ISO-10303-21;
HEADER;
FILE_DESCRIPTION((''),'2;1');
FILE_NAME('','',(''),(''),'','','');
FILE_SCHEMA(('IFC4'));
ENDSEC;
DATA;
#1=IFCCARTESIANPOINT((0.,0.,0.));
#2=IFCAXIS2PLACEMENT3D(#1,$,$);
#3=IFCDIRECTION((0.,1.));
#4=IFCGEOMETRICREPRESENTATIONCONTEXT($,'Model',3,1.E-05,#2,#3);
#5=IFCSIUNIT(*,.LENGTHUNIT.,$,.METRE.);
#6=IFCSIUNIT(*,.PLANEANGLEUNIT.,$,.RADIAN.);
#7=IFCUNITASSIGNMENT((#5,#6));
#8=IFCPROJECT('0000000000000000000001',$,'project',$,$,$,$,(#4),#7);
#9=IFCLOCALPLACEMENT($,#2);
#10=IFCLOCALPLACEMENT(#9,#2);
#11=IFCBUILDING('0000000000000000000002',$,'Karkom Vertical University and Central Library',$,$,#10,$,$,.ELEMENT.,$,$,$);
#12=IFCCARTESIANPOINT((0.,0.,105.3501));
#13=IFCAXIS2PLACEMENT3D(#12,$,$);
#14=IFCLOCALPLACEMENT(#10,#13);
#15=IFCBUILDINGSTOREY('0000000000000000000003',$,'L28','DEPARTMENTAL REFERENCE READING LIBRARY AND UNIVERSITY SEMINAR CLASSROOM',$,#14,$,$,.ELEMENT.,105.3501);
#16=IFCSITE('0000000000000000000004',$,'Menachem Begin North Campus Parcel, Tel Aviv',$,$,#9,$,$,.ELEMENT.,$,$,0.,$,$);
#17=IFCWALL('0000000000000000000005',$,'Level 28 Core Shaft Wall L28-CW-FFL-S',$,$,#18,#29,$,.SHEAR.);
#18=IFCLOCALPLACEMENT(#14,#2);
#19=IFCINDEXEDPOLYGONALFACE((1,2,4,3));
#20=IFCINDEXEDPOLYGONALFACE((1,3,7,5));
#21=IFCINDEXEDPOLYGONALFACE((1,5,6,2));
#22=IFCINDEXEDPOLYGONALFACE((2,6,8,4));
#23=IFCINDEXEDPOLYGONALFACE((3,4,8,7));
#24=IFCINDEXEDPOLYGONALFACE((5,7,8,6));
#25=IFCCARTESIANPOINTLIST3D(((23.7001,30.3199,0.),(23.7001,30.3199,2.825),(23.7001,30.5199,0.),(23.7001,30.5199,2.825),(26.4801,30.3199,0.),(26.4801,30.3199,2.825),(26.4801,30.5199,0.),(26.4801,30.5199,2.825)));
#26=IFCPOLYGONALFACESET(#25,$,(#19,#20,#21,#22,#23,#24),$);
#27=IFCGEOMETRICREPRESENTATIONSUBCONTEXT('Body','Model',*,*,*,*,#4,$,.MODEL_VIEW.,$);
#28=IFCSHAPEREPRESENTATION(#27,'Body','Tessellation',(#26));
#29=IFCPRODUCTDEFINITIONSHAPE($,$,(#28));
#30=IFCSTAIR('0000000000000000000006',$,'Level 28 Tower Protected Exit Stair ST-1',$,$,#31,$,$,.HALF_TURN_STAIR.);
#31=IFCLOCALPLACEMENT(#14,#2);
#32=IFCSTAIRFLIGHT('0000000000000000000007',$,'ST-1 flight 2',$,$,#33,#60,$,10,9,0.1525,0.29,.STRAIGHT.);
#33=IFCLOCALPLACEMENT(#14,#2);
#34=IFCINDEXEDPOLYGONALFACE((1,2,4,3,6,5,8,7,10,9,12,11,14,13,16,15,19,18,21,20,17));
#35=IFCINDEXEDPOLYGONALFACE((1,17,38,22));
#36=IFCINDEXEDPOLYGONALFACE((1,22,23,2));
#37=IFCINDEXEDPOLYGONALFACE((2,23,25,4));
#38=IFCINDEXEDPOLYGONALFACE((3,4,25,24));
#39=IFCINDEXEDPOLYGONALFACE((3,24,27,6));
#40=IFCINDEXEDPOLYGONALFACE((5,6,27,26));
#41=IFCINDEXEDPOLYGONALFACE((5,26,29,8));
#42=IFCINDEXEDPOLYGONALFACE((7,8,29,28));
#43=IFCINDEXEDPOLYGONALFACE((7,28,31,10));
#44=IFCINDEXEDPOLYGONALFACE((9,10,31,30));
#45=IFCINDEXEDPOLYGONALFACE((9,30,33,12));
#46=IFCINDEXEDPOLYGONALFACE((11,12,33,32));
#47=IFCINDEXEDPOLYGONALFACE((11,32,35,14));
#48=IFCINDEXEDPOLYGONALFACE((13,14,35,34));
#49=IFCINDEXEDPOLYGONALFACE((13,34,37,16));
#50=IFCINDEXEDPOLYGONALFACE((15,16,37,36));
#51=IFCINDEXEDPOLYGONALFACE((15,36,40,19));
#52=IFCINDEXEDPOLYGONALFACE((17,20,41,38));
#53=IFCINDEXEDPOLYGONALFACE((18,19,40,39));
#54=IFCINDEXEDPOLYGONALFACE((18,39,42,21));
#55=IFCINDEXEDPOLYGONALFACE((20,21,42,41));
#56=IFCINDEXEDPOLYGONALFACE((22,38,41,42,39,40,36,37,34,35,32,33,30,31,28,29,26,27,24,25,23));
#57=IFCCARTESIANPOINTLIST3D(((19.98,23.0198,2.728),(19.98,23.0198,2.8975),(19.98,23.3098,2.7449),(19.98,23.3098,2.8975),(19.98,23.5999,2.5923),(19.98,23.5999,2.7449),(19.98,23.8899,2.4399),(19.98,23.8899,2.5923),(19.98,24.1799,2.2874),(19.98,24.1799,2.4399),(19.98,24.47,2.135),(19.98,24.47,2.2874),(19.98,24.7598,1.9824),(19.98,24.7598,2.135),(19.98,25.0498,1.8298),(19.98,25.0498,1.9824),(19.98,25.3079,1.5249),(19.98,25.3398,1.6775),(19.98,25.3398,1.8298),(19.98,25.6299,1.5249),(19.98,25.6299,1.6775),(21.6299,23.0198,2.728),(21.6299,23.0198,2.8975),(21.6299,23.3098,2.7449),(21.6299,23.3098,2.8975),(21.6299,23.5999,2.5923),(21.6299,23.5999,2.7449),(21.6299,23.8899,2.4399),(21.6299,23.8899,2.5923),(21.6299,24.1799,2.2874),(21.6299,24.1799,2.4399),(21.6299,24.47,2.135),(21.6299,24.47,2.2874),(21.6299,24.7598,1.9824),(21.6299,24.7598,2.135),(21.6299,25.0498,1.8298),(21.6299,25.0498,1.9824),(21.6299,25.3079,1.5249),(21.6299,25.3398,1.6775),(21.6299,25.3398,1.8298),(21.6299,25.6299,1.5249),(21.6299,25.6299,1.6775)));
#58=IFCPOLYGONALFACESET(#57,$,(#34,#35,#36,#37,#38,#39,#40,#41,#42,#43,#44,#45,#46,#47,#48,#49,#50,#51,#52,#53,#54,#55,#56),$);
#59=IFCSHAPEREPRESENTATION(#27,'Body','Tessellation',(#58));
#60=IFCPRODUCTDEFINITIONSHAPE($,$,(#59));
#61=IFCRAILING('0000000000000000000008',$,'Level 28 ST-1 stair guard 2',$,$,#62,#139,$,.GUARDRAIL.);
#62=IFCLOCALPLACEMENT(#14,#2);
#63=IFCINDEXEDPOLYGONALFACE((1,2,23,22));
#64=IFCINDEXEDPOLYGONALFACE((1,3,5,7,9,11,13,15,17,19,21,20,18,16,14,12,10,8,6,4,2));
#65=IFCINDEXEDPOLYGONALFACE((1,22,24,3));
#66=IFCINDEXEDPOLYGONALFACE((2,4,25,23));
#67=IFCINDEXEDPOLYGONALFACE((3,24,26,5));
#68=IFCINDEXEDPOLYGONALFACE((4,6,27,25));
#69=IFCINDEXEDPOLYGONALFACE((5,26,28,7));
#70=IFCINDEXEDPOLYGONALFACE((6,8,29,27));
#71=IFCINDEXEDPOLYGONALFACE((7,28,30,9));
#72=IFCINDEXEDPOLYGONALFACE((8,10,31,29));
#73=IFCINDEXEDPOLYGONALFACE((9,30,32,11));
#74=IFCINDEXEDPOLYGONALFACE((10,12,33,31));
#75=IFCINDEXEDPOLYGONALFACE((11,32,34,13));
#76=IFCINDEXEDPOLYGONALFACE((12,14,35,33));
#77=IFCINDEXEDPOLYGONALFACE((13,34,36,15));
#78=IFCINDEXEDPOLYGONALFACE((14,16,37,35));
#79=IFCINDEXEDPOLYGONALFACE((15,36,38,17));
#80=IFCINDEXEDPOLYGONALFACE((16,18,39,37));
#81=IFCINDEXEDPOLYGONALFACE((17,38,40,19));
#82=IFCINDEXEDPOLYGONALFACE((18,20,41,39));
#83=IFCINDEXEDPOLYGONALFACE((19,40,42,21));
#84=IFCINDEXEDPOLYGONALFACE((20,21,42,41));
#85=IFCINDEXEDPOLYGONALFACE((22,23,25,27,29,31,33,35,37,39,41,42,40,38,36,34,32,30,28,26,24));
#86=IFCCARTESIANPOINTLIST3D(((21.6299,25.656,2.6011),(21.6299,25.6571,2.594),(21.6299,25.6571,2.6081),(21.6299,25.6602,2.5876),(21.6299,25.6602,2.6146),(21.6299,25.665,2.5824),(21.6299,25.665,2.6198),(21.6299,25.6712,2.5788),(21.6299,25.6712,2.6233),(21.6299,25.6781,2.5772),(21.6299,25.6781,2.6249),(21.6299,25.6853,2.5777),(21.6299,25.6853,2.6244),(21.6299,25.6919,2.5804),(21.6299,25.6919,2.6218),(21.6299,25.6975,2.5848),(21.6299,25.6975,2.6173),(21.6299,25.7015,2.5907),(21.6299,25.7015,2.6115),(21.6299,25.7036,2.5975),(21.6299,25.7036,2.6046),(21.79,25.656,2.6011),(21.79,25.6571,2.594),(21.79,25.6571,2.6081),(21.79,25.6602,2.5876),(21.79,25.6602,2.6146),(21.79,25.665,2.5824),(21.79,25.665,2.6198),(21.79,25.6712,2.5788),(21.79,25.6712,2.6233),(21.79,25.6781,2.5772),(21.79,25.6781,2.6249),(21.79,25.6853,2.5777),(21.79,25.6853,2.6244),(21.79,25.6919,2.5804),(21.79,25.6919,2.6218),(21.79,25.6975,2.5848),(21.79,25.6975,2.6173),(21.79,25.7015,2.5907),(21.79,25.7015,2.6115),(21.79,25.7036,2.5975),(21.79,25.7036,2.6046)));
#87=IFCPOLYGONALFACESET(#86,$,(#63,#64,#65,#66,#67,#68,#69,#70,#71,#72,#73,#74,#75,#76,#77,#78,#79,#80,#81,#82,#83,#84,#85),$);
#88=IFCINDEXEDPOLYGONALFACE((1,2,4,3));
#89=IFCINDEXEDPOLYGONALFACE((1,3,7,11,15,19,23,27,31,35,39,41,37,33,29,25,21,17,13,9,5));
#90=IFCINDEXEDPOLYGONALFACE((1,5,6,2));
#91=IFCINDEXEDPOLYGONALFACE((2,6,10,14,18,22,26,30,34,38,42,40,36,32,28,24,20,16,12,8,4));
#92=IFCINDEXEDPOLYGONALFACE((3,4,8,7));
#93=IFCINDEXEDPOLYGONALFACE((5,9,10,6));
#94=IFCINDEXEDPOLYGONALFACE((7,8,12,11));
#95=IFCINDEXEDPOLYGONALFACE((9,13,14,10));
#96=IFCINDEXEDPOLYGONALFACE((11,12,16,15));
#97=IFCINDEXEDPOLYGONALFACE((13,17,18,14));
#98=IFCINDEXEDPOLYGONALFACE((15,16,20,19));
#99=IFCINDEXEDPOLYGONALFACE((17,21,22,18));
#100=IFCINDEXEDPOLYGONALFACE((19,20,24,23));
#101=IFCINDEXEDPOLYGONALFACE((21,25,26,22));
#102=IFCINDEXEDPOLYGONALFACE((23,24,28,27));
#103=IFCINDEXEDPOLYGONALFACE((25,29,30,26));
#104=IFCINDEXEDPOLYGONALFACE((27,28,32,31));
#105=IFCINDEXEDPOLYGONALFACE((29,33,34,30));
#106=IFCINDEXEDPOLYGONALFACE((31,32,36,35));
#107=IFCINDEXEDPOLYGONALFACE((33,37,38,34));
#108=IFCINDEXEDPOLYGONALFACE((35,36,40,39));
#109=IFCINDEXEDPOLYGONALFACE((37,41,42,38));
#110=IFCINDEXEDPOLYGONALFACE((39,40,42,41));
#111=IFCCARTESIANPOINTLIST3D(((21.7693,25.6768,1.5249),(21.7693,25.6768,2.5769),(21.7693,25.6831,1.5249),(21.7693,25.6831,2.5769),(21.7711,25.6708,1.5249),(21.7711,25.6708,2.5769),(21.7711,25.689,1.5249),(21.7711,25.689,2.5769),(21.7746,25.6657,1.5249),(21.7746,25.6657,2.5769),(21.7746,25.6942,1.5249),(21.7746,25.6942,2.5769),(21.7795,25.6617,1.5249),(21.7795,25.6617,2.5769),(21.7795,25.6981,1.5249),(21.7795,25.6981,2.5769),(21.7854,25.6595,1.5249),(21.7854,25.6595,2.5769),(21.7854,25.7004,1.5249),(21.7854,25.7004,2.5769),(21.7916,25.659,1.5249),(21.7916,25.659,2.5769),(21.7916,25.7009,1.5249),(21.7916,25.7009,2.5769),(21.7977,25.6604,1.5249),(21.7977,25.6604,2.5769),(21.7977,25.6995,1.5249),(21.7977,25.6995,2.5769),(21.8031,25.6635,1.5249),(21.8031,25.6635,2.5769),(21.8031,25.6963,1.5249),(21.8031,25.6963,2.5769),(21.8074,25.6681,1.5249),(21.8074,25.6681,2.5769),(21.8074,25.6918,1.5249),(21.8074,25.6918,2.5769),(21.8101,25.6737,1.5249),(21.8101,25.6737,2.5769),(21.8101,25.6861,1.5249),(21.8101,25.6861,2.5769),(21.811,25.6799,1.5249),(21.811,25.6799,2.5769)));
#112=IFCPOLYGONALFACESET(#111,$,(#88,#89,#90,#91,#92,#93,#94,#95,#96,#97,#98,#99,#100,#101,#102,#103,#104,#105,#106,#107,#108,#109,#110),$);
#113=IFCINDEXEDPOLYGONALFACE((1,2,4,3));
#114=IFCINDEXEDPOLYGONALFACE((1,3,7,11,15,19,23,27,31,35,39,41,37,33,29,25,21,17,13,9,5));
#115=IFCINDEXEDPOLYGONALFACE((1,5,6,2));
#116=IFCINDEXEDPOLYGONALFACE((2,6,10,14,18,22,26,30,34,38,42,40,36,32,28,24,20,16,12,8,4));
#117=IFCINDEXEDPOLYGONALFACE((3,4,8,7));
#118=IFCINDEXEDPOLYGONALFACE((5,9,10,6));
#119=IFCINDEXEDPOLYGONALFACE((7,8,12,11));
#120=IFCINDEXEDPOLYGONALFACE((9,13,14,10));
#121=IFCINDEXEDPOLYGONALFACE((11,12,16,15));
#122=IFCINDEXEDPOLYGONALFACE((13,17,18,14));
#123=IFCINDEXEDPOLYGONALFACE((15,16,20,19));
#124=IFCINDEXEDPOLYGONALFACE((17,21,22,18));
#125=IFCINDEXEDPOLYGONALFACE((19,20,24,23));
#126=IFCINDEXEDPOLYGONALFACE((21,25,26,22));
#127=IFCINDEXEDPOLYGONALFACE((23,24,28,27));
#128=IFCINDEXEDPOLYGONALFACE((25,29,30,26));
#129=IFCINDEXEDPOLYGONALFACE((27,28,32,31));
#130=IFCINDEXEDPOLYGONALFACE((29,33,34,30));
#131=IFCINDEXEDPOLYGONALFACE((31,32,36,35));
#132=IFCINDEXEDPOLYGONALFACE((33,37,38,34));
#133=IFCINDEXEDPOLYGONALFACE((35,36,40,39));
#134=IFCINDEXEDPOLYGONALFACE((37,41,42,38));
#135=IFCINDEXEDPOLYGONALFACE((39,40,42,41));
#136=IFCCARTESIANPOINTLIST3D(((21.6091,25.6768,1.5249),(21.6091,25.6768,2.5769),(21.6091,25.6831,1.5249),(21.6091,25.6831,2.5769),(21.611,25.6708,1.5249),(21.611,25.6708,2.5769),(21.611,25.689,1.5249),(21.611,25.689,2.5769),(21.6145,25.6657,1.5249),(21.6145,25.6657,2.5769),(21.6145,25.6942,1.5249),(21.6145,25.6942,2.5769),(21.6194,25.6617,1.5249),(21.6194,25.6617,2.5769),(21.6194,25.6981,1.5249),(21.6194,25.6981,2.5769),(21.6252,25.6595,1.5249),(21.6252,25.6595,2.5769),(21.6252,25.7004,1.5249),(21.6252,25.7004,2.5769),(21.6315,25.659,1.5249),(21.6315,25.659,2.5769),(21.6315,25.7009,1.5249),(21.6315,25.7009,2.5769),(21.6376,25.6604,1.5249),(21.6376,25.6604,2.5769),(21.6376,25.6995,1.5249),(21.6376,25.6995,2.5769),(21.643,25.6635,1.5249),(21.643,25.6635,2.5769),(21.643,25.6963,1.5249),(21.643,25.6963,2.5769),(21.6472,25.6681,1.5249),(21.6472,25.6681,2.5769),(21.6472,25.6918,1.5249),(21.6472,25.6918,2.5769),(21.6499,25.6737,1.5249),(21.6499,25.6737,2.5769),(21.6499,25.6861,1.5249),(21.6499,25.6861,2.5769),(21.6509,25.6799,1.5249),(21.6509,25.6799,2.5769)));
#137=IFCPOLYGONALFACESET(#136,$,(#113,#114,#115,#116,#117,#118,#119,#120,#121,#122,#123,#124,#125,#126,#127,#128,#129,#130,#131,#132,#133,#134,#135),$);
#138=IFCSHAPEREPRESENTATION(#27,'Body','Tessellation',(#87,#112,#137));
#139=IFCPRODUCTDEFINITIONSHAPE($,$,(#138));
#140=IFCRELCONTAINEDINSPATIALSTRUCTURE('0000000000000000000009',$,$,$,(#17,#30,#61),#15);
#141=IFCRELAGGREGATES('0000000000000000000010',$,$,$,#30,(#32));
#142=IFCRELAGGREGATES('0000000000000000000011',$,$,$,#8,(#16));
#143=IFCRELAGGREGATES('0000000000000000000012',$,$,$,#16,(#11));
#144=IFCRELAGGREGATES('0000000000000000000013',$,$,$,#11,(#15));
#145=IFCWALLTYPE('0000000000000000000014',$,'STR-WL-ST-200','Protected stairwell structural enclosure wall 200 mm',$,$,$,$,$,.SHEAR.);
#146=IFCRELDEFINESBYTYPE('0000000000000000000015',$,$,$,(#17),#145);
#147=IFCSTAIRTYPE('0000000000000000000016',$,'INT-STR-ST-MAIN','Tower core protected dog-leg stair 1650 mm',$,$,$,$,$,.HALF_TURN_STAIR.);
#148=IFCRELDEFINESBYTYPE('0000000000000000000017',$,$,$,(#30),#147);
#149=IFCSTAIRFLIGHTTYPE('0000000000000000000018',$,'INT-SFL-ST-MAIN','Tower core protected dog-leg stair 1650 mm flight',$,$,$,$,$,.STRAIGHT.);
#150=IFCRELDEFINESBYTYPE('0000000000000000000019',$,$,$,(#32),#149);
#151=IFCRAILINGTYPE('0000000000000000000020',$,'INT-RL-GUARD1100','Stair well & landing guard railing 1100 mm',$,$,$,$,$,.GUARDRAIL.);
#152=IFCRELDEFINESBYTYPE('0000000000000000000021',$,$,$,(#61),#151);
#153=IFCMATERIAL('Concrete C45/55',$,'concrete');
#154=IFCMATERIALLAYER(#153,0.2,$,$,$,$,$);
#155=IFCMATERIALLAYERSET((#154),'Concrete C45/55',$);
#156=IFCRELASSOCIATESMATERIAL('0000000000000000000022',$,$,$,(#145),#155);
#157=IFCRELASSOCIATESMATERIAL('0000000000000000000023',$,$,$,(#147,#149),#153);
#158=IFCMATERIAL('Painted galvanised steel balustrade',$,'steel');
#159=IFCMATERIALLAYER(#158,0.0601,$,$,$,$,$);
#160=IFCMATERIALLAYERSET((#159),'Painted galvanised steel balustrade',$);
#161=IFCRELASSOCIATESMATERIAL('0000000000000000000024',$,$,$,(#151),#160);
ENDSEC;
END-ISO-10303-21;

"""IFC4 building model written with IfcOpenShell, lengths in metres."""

from ifc_helpers import new_model, si_unit, direction, frame, frame_2d, origin, origin_2d, place, context, subcontext, project, spatial, polyline, rectangle, circle, outline, extrude, material, layer, layer_set, type_object, element, aggregate, save


model = new_model("IFC4")

# Units and contexts
model_context = context("Model", 3, precision=1e-05, world=origin(), true_north=direction((0.0, 1.0)))
body_context = subcontext(model_context, "Body", "Model", "MODEL_VIEW")
ifc_project = project(units=[si_unit("LENGTHUNIT", "METRE"), si_unit("PLANEANGLEUNIT", "RADIAN")], contexts=[model_context])

# Site, building, storey
site_placement = place(None, origin())
site = spatial("IfcSite", under=ifc_project, at=site_placement, Name="Menachem Begin North Campus Parcel, Tel Aviv", CompositionType="ELEMENT", RefElevation=0.0)
building_placement = place(site_placement, origin())
building = spatial("IfcBuilding", under=site, at=building_placement, Name="Karkom Vertical University and Central Library", CompositionType="ELEMENT")
storey_placement = place(building_placement, frame((0.0, 0.0, 105.3501)))
storey = spatial("IfcBuildingStorey", under=building, at=storey_placement, Name="L28", Description="DEPARTMENTAL REFERENCE READING LIBRARY AND UNIVERSITY SEMINAR CLASSROOM", CompositionType="ELEMENT", Elevation=105.3501)

# Shared definitions
ifc_material_1 = material(Name="Concrete C45/55", Category="concrete")
ifc_layer_1 = layer(ifc_material_1, 0.2)
ifc_layer_set_1 = layer_set([ifc_layer_1], Name="Concrete C45/55")
wall_type_1 = type_object("IfcWallType", Name="STR-WL-ST-200", Description="Protected stairwell structural enclosure wall 200 mm", PredefinedType="SHEAR", material=ifc_layer_set_1)

# Wall
wall_1_placement = place(storey_placement, frame((23.7, 30.4199, 0.0), z_axis=(0.0, 0.0, 1.0), x_axis=(1.0, 0.0, 0.0)))
element("IfcWall", 1, at=wall_1_placement, inside=storey, type_object=wall_type_1, Name="Level 28 Core Shaft Wall L28-CW-FFL-S", PredefinedType="SHEAR", context=body_context, shape_type="SweptSolid", body=[
    extrude(rectangle(XDim=2.78, YDim=0.2, at=frame_2d((1.3901, 0.0))), origin(), (0.0, 0.0, 1.0), 2.825),
])

# Stair, stair flight
stair_type = type_object("IfcStairType", Name="INT-STR-ST-MAIN", Description="Tower core protected dog-leg stair 1650 mm", PredefinedType="HALF_TURN_STAIR", material=ifc_material_1)
stair_placement = place(storey_placement, origin())
stair = element("IfcStair", 2, at=stair_placement, inside=storey, type_object=stair_type, Name="Level 28 Tower Protected Exit Stair ST-1", PredefinedType="HALF_TURN_STAIR")
stair_flight_type = type_object("IfcStairFlightType", Name="INT-SFL-ST-MAIN", Description="Tower core protected dog-leg stair 1650 mm flight", PredefinedType="STRAIGHT", material=ifc_material_1)
stair_flight_placement = place(storey_placement, frame((20.8049, 25.6299, 1.5249), z_axis=(0.0, 0.0, 1.0), x_axis=(0.0, -1.0, 0.0)))
stair_flight = element("IfcStairFlight", 3, at=stair_flight_placement, type_object=stair_flight_type, Name="ST-1 flight 2", NumberOfRisers=10, NumberOfTreads=9, PredefinedType="STRAIGHT", RiserHeight=0.1525, TreadLength=0.29, context=body_context, shape_type="SweptSolid", body=[
    extrude(outline(polyline([(0.0, 0.0), (0.0, 0.1526), (0.29, 0.1526), (0.29, 0.3049), (0.5801, 0.3049), (0.5801, 0.4575), (0.8701, 0.4575), (0.8701, 0.6101), (1.1599, 0.6101), (1.1599, 0.7625), (1.45, 0.7625), (1.45, 0.915), (1.74, 0.915), (1.74, 1.0674), (2.03, 1.0674), (2.03, 1.22), (2.3201, 1.22), (2.3201, 1.3726), (2.6101, 1.3726), (2.6101, 1.5249), (2.6101, 1.2031), (0.322, 0.0), (0.0, 0.0)])), frame((0.0, 0.825, 0.0), z_axis=(0.0, -1.0, 0.0), x_axis=(1.0, 0.0, 0.0)), (0.0, 0.0, 1.0), 1.6499),
])
aggregate(stair, [stair_flight])

# Railing
ifc_material_2 = material(Name="Painted galvanised steel balustrade", Category="steel")
ifc_layer_2 = layer(ifc_material_2, 0.0601)
ifc_layer_set_2 = layer_set([ifc_layer_2], Name="Painted galvanised steel balustrade")
railing_type_1 = type_object("IfcRailingType", Name="INT-RL-GUARD1100", Description="Stair well & landing guard railing 1100 mm", PredefinedType="GUARDRAIL", material=ifc_layer_set_2)
railing_1_placement = place(storey_placement, frame((21.79, 25.6799, 1.5249)))
element("IfcRailing", 4, at=railing_1_placement, inside=storey, type_object=railing_type_1, Name="Level 28 ST-1 stair guard 2", PredefinedType="GUARDRAIL", context=body_context, shape_type="SweptSolid", body=[
    extrude(circle(Radius=0.0239, at=origin_2d()), frame((0.0, 0.0, 1.0762), z_axis=(-1.0, 0.0, 0.0), x_axis=(0.0, -1.0, 0.0)), (0.0, 0.0, 1.0), 0.1602),
    extrude(circle(Radius=0.021, at=origin_2d()), origin(), (0.0, 0.0, 1.0), 1.052),
    extrude(circle(Radius=0.021, at=origin_2d()), frame((-0.1602, 0.0, 0.0)), (0.0, 0.0, 1.0), 1.052),
])

save(model, "model.ifc")
